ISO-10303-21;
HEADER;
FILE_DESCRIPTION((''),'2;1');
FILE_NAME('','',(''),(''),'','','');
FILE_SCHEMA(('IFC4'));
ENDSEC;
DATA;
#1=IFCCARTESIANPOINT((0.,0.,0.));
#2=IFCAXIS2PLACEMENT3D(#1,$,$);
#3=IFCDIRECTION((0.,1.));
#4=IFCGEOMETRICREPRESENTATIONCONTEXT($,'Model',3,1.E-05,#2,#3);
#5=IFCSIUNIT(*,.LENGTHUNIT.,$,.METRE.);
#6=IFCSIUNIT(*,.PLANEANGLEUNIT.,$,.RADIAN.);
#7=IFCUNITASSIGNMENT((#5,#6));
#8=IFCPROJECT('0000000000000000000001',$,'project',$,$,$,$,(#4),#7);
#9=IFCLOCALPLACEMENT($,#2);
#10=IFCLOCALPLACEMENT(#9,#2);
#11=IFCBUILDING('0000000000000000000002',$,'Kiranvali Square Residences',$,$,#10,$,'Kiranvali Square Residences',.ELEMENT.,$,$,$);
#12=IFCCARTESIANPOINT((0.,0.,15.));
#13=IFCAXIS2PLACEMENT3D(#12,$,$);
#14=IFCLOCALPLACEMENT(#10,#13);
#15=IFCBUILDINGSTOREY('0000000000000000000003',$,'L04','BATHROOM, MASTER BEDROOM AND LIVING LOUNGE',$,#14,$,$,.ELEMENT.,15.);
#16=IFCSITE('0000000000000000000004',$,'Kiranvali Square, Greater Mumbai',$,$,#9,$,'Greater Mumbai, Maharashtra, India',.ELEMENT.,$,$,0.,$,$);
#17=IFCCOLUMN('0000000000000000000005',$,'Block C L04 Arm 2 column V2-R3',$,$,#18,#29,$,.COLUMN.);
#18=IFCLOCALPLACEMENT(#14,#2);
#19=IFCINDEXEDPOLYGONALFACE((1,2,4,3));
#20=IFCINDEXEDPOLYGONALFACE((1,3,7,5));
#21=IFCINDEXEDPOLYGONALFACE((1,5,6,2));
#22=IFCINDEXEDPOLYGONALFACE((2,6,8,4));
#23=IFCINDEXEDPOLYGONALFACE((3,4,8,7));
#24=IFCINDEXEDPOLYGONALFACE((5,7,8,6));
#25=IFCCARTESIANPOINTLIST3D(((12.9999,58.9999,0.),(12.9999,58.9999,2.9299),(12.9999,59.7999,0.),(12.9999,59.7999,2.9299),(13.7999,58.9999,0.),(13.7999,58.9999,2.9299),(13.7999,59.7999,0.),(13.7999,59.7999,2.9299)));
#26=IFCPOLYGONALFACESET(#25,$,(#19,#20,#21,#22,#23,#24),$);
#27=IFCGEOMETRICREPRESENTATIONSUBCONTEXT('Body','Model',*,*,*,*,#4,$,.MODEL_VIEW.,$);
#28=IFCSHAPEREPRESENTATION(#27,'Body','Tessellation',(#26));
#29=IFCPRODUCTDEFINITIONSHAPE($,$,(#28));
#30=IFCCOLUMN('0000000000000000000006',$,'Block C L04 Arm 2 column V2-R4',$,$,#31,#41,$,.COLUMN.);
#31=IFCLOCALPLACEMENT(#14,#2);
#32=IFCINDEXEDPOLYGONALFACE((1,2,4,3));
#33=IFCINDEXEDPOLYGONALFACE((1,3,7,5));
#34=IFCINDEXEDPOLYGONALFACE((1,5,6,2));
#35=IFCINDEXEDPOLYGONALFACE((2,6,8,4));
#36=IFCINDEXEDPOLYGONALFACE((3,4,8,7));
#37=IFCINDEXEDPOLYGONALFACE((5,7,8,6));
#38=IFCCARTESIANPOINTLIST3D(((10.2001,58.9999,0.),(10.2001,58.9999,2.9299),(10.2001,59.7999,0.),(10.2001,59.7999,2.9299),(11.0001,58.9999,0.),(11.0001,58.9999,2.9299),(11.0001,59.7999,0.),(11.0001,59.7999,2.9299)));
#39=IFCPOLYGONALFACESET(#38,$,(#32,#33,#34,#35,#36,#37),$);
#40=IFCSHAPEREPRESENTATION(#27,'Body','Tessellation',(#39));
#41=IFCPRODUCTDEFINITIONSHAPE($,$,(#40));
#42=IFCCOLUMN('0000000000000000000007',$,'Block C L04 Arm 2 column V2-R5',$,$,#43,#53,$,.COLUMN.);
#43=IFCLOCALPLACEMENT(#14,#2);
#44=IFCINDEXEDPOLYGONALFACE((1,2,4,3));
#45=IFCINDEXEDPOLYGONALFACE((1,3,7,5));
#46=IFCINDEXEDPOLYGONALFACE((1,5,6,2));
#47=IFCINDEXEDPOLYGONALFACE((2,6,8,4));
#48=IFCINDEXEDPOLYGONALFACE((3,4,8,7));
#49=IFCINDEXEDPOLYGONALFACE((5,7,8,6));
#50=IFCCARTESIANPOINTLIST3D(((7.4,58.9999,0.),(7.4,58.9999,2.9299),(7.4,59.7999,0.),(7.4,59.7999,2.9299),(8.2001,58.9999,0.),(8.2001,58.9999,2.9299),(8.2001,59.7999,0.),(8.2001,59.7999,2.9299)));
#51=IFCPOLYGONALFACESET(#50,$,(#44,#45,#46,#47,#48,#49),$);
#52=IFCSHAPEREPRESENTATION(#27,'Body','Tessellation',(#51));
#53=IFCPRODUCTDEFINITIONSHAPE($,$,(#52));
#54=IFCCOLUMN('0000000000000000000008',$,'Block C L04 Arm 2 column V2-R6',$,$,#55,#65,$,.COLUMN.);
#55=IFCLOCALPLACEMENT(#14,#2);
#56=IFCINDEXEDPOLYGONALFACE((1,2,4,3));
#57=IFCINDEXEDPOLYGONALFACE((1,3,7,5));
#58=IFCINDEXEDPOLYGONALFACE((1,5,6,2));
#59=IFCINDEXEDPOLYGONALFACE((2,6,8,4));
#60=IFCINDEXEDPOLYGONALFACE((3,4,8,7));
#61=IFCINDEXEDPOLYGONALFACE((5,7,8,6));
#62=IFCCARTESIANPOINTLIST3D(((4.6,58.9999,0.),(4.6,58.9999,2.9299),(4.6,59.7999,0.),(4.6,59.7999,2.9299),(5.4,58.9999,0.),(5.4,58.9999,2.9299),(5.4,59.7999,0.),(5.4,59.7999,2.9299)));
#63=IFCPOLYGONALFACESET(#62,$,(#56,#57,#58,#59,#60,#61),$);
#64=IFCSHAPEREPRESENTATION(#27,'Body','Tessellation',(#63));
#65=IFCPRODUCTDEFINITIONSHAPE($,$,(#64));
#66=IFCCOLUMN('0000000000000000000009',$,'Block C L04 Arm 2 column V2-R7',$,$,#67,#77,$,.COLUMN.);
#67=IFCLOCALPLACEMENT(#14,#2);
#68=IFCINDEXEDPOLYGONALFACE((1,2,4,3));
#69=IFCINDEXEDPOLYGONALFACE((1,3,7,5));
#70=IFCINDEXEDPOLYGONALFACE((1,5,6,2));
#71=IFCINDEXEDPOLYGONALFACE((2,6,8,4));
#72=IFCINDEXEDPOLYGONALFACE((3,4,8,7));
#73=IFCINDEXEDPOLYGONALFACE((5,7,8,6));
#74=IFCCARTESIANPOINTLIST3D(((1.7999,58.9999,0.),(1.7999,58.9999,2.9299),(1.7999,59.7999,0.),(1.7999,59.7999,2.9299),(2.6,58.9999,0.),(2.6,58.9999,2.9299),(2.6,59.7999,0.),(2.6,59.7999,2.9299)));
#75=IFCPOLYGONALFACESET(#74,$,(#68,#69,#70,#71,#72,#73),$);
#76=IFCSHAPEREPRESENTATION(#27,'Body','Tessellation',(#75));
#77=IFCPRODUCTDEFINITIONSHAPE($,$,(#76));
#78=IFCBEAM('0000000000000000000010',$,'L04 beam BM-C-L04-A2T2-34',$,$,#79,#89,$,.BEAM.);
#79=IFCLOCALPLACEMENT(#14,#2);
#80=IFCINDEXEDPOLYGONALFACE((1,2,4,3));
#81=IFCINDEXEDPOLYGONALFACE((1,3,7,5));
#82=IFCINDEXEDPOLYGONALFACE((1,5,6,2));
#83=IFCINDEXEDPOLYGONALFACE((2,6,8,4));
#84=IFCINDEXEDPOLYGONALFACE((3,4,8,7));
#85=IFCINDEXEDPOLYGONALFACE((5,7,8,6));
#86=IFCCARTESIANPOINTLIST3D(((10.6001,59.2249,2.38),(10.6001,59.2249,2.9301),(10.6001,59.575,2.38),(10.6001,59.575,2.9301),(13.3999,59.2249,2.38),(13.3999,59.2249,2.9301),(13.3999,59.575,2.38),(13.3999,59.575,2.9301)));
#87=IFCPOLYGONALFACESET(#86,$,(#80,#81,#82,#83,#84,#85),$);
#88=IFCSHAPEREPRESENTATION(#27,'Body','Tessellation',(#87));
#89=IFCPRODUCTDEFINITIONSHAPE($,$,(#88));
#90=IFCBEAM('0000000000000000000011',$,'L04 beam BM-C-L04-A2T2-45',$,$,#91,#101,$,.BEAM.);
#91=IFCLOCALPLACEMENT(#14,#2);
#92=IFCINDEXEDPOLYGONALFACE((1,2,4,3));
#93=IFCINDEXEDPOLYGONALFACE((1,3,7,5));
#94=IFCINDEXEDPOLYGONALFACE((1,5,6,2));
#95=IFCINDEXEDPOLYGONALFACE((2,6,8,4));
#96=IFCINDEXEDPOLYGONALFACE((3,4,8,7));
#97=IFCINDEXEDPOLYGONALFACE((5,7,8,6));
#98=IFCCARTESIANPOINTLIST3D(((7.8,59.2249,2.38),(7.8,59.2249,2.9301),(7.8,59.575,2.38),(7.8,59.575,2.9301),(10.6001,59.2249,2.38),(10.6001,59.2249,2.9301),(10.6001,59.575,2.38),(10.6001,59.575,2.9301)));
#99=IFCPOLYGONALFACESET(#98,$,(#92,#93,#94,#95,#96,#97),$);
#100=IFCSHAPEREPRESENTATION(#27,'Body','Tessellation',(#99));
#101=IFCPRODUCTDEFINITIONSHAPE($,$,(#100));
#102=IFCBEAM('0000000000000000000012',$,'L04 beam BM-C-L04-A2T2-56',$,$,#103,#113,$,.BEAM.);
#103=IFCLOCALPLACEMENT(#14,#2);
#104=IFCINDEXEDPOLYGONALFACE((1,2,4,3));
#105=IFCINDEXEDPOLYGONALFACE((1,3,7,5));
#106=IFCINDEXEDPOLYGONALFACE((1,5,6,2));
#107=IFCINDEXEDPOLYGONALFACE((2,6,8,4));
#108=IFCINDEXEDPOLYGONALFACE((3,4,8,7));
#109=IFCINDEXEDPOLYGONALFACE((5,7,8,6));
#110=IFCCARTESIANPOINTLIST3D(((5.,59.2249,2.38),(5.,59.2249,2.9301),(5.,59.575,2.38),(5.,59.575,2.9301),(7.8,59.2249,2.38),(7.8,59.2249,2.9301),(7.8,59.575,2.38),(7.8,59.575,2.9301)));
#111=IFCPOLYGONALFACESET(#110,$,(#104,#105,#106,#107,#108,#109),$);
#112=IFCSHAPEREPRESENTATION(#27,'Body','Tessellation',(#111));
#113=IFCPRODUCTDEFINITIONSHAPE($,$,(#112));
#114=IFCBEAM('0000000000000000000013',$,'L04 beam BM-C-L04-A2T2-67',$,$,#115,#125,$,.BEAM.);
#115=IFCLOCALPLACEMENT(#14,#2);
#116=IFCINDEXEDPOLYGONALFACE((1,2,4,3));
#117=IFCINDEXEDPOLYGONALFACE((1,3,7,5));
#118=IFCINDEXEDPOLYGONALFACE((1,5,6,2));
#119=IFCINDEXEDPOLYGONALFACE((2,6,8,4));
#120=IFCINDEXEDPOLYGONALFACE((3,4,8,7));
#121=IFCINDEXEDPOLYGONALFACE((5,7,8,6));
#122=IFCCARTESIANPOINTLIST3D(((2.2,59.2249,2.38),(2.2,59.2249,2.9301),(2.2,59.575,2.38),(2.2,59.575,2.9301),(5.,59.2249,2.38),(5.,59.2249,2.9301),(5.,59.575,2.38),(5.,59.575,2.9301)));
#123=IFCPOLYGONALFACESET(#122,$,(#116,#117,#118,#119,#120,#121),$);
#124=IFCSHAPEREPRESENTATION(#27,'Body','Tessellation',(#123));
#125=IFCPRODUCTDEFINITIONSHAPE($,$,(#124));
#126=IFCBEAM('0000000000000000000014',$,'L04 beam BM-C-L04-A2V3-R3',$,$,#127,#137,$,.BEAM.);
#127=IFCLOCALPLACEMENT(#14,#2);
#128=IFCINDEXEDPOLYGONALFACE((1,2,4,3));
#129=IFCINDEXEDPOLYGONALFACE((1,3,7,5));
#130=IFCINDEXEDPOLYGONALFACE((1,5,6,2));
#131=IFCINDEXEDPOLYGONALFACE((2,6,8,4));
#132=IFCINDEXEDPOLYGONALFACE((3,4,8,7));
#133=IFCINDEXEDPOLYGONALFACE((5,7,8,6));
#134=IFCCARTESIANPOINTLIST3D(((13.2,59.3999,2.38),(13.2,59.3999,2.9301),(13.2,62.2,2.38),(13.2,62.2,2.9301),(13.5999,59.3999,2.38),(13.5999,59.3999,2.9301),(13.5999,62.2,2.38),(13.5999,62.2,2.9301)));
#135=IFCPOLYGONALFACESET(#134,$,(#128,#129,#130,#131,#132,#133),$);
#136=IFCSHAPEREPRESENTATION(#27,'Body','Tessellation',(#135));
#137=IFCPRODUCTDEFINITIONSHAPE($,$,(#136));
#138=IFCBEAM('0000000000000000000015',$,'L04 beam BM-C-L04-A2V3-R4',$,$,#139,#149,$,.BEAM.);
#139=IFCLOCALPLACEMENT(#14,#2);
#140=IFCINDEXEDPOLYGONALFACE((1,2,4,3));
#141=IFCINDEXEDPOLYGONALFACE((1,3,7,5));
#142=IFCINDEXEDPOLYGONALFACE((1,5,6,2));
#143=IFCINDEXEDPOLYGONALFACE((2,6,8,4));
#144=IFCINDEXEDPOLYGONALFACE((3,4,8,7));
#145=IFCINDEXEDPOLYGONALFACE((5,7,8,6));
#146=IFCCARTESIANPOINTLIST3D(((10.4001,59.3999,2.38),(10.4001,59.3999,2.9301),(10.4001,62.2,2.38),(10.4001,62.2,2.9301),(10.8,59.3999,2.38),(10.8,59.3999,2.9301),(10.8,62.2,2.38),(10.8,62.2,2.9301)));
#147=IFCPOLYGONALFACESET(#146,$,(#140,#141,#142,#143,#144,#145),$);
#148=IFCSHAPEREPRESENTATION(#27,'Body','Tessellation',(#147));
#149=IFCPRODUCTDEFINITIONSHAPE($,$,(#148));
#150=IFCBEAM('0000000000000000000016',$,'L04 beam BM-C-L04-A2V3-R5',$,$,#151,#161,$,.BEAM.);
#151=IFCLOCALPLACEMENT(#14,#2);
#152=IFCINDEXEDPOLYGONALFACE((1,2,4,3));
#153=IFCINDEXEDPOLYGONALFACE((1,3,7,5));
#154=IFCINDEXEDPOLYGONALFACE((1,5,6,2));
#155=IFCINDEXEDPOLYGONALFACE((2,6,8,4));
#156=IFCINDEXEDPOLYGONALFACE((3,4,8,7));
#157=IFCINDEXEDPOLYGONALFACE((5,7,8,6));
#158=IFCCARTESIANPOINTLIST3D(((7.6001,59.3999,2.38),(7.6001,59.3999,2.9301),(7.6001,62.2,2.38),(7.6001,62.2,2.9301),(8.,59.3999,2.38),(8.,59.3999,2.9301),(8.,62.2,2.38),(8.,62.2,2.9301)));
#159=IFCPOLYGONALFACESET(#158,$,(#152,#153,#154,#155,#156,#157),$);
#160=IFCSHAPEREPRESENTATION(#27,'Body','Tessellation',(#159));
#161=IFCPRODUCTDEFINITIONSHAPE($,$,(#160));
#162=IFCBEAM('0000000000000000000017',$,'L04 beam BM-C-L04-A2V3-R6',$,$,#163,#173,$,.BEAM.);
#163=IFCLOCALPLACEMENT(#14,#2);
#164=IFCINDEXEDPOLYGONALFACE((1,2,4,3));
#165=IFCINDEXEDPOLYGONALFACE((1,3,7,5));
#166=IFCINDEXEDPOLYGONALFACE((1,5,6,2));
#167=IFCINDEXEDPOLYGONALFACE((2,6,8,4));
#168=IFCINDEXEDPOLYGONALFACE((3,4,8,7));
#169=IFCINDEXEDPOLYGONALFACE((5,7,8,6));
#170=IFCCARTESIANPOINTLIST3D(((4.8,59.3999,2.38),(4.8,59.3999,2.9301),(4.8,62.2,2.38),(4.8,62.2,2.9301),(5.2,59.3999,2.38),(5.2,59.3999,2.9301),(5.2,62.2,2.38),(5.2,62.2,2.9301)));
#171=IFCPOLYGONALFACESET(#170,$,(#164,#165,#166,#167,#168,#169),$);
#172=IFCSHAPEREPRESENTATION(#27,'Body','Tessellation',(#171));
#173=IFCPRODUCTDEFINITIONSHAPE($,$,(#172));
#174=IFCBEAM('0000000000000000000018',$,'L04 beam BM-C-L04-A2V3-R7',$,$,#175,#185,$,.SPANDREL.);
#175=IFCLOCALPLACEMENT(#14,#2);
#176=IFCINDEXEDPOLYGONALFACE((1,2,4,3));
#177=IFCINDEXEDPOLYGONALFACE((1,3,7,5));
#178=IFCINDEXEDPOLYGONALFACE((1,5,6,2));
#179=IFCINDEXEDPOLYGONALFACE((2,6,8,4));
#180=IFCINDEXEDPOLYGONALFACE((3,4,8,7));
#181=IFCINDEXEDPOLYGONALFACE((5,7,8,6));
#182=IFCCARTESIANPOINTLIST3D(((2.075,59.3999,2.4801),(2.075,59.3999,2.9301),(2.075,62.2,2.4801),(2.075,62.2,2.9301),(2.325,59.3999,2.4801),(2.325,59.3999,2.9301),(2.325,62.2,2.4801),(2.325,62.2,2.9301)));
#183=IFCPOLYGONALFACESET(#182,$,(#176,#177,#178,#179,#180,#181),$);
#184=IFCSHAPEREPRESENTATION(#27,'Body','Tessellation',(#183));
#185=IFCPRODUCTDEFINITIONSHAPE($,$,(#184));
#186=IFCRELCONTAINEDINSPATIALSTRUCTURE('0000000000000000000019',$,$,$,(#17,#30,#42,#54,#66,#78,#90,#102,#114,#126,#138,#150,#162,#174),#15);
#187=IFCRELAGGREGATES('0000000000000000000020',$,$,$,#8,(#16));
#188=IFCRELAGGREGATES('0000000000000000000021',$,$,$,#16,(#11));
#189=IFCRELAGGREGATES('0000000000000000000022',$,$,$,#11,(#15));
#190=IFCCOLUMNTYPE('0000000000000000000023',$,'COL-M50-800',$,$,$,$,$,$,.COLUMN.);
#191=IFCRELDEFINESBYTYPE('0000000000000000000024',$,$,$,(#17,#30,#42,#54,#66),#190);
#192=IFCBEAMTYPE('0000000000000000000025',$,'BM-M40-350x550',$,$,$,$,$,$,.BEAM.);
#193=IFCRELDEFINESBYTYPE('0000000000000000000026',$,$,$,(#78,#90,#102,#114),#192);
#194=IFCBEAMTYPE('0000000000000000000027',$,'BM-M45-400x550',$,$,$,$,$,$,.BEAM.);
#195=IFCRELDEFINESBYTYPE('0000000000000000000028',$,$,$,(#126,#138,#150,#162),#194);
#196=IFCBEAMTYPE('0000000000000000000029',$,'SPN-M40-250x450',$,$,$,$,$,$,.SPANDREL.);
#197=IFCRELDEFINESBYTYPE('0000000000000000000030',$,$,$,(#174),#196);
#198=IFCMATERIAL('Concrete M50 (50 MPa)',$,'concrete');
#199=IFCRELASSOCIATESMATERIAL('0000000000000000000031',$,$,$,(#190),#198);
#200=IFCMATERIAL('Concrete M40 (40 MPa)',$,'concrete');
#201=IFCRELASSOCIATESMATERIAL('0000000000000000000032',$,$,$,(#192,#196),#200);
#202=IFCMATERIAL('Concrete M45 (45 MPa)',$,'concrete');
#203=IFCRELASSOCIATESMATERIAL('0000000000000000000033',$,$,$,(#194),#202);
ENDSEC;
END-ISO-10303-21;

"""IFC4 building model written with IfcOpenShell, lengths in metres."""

from ifc_helpers import new_model, si_unit, direction, frame, origin, origin_2d, place, context, subcontext, project, spatial, rectangle, extrude, material, material_profile, profile_set, type_object, element, save


model = new_model("IFC4")

# Units and contexts
model_context = context("Model", 3, precision=1e-05, world=origin(), true_north=direction((0.0, 1.0)))
body_context = subcontext(model_context, "Body", "Model", "MODEL_VIEW")
ifc_project = project(units=[si_unit("LENGTHUNIT", "METRE"), si_unit("PLANEANGLEUNIT", "RADIAN")], contexts=[model_context])

# Site, building, storey
site_placement = place(None, origin())
site = spatial("IfcSite", under=ifc_project, at=site_placement, Name="Kiranvali Square, Greater Mumbai", LongName="Greater Mumbai, Maharashtra, India", CompositionType="ELEMENT", RefElevation=0.0)
building_placement = place(site_placement, origin())
building = spatial("IfcBuilding", under=site, at=building_placement, Name="Kiranvali Square Residences", LongName="Kiranvali Square Residences", CompositionType="ELEMENT")
storey_placement = place(building_placement, frame((0.0, 0.0, 15.0)))
storey = spatial("IfcBuildingStorey", under=building, at=storey_placement, Name="L04", Description="BATHROOM, MASTER BEDROOM AND LIVING LOUNGE", CompositionType="ELEMENT", Elevation=15.0)

# Columns
ifc_material_1 = material(Name="Concrete M50 (50 MPa)", Category="concrete")
ifc_material_profile_1 = material_profile(ifc_material_1, rectangle(XDim=0.8, YDim=0.8, at=origin_2d()), Name="RC 800x800")
ifc_profile_set_1 = profile_set([ifc_material_profile_1], Name="Concrete M50 (50 MPa)")
column_type = type_object("IfcColumnType", Name="COL-M50-800", PredefinedType="COLUMN", material=ifc_profile_set_1)
for number, where, z_axis, x_axis, name in (
    (1, (13.3999, 59.3999, 0.0), (0.0, 0.0, 1.0), (1.0, 0.0, 0.0), "Block C L04 Arm 2 column V2-R3"),
    (2, (10.6001, 59.3999, 0.0), (0.0, 0.0, 1.0), (1.0, 0.0, 0.0), "Block C L04 Arm 2 column V2-R4"),
    (3, (7.8, 59.3999, 0.0), (0.0, 0.0, 1.0), (1.0, 0.0, 0.0), "Block C L04 Arm 2 column V2-R5"),
    (4, (5.0, 59.3999, 0.0), (0.0, 0.0, 1.0), (1.0, 0.0, 0.0), "Block C L04 Arm 2 column V2-R6"),
    (5, (2.2, 59.3999, 0.0), (0.0, 0.0, 1.0), (1.0, 0.0, 0.0), "Block C L04 Arm 2 column V2-R7"),
):
    element("IfcColumn", number, at=place(storey_placement, frame(where, z_axis=z_axis, x_axis=x_axis)), inside=storey, type_object=column_type, Name=name, PredefinedType="COLUMN", context=body_context, shape_type="SweptSolid", body=[
        extrude(rectangle(XDim=0.8, YDim=0.8, at=origin_2d()), origin(), (0.0, 0.0, 1.0), 2.9299),
    ])

# Beams
ifc_material_2 = material(Name="Concrete M40 (40 MPa)", Category="concrete")
ifc_material_profile_2 = material_profile(ifc_material_2, rectangle(XDim=0.3501, YDim=0.55, at=origin_2d()), Name="RC 350x550")
ifc_profile_set_2 = profile_set([ifc_material_profile_2], Name="Concrete M40 (40 MPa)")
beam_type_1 = type_object("IfcBeamType", Name="BM-M40-350x550", PredefinedType="BEAM", material=ifc_profile_set_2)
beam_1_placement = place(storey_placement, frame((13.3999, 59.3999, 2.655), z_axis=(-1.0, 0.0, 0.0), x_axis=(0.0, -1.0, 0.0)))
element("IfcBeam", 6, at=beam_1_placement, inside=storey, type_object=beam_type_1, Name="L04 beam BM-C-L04-A2T2-34", PredefinedType="BEAM", context=body_context, shape_type="SweptSolid", body=[
    extrude(rectangle(XDim=0.3501, YDim=0.55, at=origin_2d()), origin(), (0.0, 0.0, 1.0), 2.7998),
])
for number, where, z_axis, x_axis, name in (
    (7, (10.6001, 59.3999, 2.655), (-1.0, 0.0, 0.0), (0.0, -1.0, 0.0), "L04 beam BM-C-L04-A2T2-45"),
    (8, (7.8, 59.3999, 2.655), (-1.0, 0.0, 0.0), (0.0, -1.0, 0.0), "L04 beam BM-C-L04-A2T2-56"),
    (9, (5.0, 59.3999, 2.655), (-1.0, 0.0, 0.0), (0.0, -1.0, 0.0), "L04 beam BM-C-L04-A2T2-67"),
):
    element("IfcBeam", number, at=place(storey_placement, frame(where, z_axis=z_axis, x_axis=x_axis)), inside=storey, type_object=beam_type_1, Name=name, PredefinedType="BEAM", context=body_context, shape_type="SweptSolid", body=[
        extrude(rectangle(XDim=0.3501, YDim=0.55, at=origin_2d()), origin(), (0.0, 0.0, 1.0), 2.8),
    ])
ifc_material_3 = material(Name="Concrete M45 (45 MPa)", Category="concrete")
ifc_material_profile_3 = material_profile(ifc_material_3, rectangle(XDim=0.3999, YDim=0.55, at=origin_2d()), Name="RC 400x550")
ifc_profile_set_3 = profile_set([ifc_material_profile_3], Name="Concrete M45 (45 MPa)")
beam_type_2 = type_object("IfcBeamType", Name="BM-M45-400x550", PredefinedType="BEAM", material=ifc_profile_set_3)
for number, where, z_axis, x_axis, name in (
    (10, (13.3999, 59.3999, 2.655), (0.0, 1.0, 0.0), (-1.0, 0.0, 0.0), "L04 beam BM-C-L04-A2V3-R3"),
    (11, (10.6001, 59.3999, 2.655), (0.0, 1.0, 0.0), (-1.0, 0.0, 0.0), "L04 beam BM-C-L04-A2V3-R4"),
    (12, (7.8, 59.3999, 2.655), (0.0, 1.0, 0.0), (-1.0, 0.0, 0.0), "L04 beam BM-C-L04-A2V3-R5"),
    (13, (5.0, 59.3999, 2.655), (0.0, 1.0, 0.0), (-1.0, 0.0, 0.0), "L04 beam BM-C-L04-A2V3-R6"),
):
    element("IfcBeam", number, at=place(storey_placement, frame(where, z_axis=z_axis, x_axis=x_axis)), inside=storey, type_object=beam_type_2, Name=name, PredefinedType="BEAM", context=body_context, shape_type="SweptSolid", body=[
        extrude(rectangle(XDim=0.3999, YDim=0.55, at=origin_2d()), origin(), (0.0, 0.0, 1.0), 2.8),
    ])
ifc_material_profile_4 = material_profile(ifc_material_2, rectangle(XDim=0.25, YDim=0.45, at=origin_2d()), Name="RC 250x450")
ifc_profile_set_4 = profile_set([ifc_material_profile_4], Name="Concrete M40 (40 MPa)")
beam_type_3 = type_object("IfcBeamType", Name="SPN-M40-250x450", PredefinedType="SPANDREL", material=ifc_profile_set_4)
beam_2_placement = place(storey_placement, frame((2.2, 59.3999, 2.7051), z_axis=(0.0, 1.0, 0.0), x_axis=(-1.0, 0.0, 0.0)))
element("IfcBeam", 14, at=beam_2_placement, inside=storey, type_object=beam_type_3, Name="L04 beam BM-C-L04-A2V3-R7", PredefinedType="SPANDREL", context=body_context, shape_type="SweptSolid", body=[
    extrude(rectangle(XDim=0.25, YDim=0.45, at=origin_2d()), origin(), (0.0, 0.0, 1.0), 2.8),
])

save(model, "model.ifc")
